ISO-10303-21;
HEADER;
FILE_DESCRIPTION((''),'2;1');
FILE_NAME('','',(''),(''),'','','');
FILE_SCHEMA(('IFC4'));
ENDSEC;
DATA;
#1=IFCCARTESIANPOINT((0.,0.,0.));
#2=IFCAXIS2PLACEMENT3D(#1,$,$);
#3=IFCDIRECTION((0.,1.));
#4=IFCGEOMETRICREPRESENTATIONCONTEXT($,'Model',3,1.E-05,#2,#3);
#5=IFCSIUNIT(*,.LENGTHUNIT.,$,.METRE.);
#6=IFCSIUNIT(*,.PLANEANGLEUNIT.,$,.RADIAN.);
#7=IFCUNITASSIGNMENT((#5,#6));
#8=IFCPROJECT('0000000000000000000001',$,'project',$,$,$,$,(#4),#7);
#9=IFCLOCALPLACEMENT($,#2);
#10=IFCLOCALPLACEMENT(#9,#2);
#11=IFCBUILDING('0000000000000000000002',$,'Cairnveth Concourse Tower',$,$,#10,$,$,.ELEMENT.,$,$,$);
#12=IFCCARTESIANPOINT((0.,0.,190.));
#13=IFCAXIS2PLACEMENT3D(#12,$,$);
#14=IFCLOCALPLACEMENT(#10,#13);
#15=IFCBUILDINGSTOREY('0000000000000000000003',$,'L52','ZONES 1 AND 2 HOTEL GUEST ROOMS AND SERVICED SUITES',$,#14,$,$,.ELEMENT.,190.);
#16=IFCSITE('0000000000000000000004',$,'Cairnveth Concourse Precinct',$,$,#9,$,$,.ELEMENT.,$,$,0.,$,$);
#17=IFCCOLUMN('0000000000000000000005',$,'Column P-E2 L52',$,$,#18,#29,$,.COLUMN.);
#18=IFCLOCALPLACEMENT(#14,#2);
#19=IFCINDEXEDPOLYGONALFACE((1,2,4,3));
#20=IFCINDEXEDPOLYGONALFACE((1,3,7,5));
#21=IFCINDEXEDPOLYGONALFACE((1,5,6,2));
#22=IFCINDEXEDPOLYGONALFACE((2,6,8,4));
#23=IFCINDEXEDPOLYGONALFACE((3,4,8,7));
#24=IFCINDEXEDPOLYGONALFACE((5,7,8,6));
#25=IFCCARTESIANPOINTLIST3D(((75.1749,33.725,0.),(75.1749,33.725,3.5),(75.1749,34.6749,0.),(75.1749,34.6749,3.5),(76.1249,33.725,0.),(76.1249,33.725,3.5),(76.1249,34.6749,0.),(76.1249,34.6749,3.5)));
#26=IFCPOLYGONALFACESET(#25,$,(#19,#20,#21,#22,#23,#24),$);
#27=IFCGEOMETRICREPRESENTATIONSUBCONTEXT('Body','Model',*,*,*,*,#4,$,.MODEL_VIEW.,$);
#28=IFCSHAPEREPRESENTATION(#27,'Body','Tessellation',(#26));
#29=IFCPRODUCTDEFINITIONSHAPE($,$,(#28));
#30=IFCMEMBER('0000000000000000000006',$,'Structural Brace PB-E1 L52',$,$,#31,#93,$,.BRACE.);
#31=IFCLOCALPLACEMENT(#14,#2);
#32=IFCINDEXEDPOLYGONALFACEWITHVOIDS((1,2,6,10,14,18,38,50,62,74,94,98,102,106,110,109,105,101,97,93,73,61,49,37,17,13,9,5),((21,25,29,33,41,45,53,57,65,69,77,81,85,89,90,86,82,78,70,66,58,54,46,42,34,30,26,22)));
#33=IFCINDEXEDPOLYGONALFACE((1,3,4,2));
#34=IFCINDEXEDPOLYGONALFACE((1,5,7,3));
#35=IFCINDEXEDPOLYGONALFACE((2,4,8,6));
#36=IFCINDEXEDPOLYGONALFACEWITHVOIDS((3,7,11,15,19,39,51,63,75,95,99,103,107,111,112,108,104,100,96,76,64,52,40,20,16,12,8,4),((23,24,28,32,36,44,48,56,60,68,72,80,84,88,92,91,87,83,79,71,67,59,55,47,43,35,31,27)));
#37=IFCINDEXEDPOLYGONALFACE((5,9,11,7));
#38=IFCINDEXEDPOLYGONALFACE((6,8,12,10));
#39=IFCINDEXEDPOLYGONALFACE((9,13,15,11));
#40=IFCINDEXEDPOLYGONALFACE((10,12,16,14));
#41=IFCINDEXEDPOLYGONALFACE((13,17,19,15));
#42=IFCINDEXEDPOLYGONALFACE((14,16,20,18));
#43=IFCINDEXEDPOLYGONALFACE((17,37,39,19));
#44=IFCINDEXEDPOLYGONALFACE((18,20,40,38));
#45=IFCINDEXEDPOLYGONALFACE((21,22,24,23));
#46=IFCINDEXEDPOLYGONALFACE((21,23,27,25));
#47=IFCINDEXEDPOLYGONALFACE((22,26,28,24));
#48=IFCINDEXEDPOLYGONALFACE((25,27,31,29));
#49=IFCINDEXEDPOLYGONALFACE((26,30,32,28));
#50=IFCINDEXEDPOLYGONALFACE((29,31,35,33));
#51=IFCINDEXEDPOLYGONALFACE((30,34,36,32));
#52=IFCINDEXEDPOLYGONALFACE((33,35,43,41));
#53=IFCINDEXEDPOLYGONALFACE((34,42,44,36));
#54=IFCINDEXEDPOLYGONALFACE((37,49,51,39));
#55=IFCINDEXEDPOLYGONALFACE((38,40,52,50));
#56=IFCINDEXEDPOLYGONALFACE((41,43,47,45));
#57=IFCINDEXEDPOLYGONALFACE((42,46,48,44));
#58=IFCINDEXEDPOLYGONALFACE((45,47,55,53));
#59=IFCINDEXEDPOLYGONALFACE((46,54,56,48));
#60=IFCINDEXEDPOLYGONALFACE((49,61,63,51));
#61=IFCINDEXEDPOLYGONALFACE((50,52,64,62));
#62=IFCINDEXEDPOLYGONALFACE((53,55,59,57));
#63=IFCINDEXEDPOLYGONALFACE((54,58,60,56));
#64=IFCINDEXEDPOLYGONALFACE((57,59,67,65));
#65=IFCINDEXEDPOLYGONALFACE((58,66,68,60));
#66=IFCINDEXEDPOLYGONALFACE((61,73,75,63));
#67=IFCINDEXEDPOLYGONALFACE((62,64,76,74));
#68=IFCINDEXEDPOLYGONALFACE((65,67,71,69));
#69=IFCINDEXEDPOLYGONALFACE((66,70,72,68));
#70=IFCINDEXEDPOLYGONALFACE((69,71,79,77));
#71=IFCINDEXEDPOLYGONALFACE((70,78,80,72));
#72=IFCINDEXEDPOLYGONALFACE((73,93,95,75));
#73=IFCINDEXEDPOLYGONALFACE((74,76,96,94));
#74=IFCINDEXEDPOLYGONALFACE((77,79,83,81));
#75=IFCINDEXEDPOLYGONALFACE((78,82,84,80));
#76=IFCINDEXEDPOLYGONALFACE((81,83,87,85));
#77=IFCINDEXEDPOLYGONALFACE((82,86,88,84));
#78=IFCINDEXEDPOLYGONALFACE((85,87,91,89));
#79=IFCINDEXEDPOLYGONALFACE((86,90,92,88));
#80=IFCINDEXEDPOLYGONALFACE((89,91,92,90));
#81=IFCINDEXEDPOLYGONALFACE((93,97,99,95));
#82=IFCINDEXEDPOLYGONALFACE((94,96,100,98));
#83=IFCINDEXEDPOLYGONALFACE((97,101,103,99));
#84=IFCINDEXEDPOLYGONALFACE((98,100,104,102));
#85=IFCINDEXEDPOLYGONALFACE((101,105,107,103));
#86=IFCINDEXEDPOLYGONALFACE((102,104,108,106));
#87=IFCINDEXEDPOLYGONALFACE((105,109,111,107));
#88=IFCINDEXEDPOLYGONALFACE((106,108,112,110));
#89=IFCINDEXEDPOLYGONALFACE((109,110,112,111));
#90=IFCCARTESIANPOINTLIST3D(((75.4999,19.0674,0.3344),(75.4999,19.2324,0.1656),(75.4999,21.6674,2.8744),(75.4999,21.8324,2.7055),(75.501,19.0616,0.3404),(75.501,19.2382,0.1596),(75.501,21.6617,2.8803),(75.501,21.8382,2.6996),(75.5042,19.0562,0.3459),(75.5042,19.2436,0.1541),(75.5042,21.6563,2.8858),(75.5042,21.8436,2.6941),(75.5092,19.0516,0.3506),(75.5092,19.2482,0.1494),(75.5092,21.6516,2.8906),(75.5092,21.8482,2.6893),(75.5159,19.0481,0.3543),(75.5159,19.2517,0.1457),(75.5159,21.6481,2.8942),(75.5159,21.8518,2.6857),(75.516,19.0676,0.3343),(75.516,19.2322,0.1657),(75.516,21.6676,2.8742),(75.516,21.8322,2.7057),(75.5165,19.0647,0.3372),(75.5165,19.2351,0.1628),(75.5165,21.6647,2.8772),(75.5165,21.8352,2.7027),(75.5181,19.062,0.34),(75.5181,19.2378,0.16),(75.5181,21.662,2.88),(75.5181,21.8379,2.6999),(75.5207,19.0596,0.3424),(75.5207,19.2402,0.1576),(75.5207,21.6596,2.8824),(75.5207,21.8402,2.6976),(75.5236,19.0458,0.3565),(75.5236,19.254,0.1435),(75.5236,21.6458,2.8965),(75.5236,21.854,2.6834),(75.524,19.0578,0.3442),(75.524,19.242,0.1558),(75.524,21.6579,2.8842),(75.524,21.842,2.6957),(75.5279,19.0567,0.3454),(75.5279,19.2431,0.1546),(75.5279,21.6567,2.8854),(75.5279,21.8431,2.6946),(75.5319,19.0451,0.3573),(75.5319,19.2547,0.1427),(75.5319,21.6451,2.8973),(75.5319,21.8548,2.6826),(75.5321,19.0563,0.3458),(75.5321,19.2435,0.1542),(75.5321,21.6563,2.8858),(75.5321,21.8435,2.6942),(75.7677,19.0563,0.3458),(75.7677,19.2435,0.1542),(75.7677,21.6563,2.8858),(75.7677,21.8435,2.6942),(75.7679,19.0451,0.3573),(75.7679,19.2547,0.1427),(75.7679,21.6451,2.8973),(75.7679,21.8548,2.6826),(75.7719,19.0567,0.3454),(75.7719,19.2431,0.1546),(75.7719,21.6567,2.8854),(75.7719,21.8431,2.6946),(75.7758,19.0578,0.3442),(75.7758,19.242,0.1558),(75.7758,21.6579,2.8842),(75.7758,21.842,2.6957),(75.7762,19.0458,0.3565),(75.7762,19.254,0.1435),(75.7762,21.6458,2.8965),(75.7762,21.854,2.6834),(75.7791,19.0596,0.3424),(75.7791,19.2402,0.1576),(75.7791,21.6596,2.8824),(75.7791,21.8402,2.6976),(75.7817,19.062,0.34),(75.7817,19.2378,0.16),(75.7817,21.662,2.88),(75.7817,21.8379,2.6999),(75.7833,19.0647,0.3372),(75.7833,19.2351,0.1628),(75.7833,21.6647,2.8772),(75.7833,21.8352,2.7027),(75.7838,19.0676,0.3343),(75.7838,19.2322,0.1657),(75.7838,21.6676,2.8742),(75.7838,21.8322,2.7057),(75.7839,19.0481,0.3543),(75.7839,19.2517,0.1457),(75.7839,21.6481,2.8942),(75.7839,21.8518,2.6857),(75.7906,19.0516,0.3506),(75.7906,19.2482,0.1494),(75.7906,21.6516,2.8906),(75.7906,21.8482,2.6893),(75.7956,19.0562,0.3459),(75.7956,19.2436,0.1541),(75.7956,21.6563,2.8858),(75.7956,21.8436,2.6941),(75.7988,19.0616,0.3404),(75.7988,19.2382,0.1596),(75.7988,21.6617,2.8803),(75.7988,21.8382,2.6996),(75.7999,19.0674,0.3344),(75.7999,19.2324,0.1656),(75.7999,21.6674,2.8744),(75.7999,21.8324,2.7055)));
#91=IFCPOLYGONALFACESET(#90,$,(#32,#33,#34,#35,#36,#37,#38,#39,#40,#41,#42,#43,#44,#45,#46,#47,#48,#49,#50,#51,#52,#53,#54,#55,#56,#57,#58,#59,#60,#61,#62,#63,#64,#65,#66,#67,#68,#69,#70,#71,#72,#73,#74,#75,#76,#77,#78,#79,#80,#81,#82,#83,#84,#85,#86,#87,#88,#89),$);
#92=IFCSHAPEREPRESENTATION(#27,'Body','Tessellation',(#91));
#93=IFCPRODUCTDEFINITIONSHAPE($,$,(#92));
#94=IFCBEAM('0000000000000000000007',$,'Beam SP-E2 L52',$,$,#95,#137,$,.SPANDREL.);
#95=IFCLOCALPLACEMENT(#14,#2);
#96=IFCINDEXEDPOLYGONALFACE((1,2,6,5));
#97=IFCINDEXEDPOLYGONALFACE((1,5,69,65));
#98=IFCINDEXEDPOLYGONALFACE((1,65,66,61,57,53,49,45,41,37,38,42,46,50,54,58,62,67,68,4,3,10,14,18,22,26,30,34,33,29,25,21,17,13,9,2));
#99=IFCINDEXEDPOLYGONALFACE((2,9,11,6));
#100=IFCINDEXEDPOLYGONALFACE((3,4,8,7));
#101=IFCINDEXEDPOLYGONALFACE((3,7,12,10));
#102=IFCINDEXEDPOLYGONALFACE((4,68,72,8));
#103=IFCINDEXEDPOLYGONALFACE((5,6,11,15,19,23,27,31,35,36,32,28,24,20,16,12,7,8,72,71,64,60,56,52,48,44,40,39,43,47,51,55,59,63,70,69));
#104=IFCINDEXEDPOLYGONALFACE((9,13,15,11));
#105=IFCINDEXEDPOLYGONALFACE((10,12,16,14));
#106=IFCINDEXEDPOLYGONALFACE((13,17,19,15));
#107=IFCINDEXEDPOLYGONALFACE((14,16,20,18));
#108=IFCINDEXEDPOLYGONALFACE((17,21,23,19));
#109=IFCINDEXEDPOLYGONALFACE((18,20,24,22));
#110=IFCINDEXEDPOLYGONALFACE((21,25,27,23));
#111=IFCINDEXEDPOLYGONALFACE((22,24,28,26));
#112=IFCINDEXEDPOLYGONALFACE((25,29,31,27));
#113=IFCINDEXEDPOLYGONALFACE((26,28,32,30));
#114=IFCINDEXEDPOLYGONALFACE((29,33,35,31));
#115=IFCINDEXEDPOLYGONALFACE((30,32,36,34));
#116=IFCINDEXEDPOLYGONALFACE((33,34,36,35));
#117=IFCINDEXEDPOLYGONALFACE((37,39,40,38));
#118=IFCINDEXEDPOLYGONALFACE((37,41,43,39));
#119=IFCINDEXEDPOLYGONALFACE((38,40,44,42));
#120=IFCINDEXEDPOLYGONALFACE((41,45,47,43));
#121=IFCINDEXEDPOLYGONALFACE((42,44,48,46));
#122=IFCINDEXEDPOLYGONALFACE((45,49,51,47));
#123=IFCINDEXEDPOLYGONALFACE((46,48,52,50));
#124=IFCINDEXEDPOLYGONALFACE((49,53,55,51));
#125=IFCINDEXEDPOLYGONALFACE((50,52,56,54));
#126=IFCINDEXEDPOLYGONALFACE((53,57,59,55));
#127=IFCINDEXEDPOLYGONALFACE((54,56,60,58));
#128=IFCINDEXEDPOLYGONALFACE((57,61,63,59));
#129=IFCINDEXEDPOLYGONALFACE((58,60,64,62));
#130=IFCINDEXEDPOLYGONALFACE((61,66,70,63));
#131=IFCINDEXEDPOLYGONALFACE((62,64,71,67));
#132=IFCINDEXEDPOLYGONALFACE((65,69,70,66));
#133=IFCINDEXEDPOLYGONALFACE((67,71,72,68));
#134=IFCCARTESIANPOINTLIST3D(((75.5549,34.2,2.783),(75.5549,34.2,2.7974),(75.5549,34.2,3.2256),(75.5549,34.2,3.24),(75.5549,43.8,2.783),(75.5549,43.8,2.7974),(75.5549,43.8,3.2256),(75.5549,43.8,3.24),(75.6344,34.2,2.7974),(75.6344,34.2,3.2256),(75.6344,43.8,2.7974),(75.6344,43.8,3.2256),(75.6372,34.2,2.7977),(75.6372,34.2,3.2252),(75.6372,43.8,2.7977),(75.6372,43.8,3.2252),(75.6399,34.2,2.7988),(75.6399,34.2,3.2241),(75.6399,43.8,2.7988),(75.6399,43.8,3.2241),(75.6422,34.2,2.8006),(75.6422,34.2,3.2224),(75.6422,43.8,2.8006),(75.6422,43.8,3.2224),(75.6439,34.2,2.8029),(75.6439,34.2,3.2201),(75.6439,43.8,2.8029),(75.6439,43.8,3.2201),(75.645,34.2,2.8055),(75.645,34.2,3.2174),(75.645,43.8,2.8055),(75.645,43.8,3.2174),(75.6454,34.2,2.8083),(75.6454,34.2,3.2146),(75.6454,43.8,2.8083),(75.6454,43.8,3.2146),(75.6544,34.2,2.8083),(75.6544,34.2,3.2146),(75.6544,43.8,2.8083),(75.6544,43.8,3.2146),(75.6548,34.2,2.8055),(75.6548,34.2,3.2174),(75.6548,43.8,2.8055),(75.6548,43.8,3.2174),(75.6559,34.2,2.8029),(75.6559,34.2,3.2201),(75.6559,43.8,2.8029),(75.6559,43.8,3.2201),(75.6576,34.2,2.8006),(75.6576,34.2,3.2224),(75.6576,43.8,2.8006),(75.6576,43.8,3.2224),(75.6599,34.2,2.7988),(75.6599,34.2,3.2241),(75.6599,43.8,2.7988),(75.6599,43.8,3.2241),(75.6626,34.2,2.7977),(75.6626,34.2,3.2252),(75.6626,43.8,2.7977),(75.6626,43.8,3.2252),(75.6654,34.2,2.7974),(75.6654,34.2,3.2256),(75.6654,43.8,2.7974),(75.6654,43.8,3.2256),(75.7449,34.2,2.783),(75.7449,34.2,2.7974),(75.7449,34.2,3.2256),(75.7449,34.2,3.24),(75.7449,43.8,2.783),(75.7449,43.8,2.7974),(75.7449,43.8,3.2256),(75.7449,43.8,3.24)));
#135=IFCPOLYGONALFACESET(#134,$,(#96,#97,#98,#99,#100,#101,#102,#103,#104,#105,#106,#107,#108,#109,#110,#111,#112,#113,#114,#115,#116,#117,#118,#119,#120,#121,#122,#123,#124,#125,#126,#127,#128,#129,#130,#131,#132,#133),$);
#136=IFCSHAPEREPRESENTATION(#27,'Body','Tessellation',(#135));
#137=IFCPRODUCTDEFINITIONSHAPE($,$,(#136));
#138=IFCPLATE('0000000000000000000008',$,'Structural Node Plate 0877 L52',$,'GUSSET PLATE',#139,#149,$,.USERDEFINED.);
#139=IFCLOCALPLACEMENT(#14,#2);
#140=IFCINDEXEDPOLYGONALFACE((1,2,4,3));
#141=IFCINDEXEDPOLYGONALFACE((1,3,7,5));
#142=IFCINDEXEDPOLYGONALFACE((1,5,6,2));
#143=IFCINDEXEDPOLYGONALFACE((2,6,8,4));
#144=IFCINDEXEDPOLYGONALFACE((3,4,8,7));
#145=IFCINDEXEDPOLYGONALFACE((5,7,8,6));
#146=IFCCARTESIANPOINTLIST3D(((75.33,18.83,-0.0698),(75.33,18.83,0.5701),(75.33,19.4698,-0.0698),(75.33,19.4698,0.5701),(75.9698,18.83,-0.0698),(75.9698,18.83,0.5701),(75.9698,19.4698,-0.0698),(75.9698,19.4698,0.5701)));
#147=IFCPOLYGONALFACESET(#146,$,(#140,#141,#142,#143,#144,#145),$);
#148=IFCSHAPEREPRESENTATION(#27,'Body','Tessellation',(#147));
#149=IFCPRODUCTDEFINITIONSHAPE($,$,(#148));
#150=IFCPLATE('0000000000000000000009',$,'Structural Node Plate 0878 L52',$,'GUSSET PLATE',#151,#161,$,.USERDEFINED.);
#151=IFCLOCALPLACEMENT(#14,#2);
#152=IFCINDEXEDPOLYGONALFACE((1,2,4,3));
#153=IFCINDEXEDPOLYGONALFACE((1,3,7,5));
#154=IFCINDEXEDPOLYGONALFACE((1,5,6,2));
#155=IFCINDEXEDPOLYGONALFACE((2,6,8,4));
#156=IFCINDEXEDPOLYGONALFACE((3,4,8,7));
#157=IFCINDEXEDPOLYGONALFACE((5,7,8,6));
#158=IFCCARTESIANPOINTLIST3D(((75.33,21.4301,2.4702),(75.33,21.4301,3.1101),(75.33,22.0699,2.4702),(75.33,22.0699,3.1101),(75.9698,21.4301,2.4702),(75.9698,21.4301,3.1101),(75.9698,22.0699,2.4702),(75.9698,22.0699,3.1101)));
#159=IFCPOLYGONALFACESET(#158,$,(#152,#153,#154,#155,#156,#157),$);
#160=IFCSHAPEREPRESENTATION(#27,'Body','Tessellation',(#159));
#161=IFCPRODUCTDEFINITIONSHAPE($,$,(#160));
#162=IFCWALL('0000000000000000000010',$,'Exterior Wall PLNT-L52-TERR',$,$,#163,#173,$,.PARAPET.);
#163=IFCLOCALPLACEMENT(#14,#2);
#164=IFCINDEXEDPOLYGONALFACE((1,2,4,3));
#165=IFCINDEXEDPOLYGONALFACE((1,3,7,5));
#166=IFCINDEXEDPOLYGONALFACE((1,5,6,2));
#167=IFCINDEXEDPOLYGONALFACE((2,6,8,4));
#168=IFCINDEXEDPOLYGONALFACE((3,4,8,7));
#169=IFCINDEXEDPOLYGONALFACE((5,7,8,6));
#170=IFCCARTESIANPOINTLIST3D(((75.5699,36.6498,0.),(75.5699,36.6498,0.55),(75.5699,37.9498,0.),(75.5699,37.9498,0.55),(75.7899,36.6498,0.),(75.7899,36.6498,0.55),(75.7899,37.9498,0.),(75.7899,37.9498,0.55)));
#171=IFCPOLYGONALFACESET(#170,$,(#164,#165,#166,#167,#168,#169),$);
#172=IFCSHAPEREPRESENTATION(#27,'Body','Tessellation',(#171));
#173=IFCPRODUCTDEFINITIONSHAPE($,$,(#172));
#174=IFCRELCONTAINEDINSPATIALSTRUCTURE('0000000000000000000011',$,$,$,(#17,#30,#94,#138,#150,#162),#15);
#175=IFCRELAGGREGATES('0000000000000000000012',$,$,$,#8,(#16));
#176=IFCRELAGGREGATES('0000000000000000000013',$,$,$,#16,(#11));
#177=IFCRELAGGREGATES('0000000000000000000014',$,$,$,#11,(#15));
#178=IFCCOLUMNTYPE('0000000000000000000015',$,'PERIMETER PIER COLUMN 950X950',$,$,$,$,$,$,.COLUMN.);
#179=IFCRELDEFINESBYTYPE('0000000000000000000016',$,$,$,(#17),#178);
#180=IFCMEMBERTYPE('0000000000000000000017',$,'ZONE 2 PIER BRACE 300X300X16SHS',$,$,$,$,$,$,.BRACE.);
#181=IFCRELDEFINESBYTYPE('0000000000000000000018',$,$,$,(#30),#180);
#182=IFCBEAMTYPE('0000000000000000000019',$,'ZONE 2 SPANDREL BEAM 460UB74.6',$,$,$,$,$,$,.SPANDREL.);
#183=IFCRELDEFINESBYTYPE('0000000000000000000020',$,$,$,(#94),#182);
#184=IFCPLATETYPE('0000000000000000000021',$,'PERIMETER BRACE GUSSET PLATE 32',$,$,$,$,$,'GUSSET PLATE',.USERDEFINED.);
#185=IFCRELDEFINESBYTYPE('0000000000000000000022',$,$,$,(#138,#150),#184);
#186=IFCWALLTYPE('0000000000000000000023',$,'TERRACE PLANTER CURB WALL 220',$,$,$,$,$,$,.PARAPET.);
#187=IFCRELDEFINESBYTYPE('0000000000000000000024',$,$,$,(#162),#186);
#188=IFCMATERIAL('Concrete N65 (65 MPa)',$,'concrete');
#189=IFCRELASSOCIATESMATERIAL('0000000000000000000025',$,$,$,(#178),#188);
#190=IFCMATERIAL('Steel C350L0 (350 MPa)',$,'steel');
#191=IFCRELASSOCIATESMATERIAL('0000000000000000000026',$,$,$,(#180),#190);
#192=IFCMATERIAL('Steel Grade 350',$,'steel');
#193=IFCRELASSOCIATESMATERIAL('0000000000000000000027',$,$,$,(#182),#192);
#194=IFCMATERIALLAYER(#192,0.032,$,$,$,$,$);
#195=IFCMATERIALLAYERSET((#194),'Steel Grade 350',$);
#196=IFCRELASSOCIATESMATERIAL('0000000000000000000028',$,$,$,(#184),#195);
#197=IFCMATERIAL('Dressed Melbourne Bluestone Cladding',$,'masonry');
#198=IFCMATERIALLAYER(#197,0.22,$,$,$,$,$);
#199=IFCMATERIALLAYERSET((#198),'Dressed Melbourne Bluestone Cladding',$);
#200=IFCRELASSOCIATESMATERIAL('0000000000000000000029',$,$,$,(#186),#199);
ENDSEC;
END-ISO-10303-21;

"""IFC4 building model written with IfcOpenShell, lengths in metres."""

from ifc_helpers import new_model, si_unit, direction, frame, frame_2d, origin, origin_2d, place, context, subcontext, project, spatial, rectangle, hollow_rectangle, i_section, extrude, material, layer, layer_set, material_profile, profile_set, type_object, element, save


model = new_model("IFC4")

# Units and contexts
model_context = context("Model", 3, precision=1e-05, world=origin(), true_north=direction((0.0, 1.0)))
body_context = subcontext(model_context, "Body", "Model", "MODEL_VIEW")
ifc_project = project(units=[si_unit("LENGTHUNIT", "METRE"), si_unit("PLANEANGLEUNIT", "RADIAN")], contexts=[model_context])

# Site, building, storey
site_placement = place(None, origin())
site = spatial("IfcSite", under=ifc_project, at=site_placement, Name="Cairnveth Concourse Precinct", CompositionType="ELEMENT", RefElevation=0.0)
building_placement = place(site_placement, origin())
building = spatial("IfcBuilding", under=site, at=building_placement, Name="Cairnveth Concourse Tower", CompositionType="ELEMENT")
storey_placement = place(building_placement, frame((0.0, 0.0, 190.0)))
storey = spatial("IfcBuildingStorey", under=building, at=storey_placement, Name="L52", Description="ZONES 1 AND 2 HOTEL GUEST ROOMS AND SERVICED SUITES", CompositionType="ELEMENT", Elevation=190.0)

# Column
ifc_material_1 = material(Name="Concrete N65 (65 MPa)", Category="concrete")
ifc_material_profile_1 = material_profile(ifc_material_1, rectangle(XDim=0.95, YDim=0.95, at=origin_2d()), Name="RC-COL-950x950")
ifc_profile_set_1 = profile_set([ifc_material_profile_1], Name="Concrete N65 (65 MPa)")
column_type = type_object("IfcColumnType", Name="PERIMETER PIER COLUMN 950X950", PredefinedType="COLUMN", material=ifc_profile_set_1)
column_placement = place(storey_placement, frame((75.6499, 34.2, 0.0), z_axis=(0.0, 0.0, 1.0), x_axis=(0.0, 1.0, 0.0)))
element("IfcColumn", 1, at=column_placement, inside=storey, type_object=column_type, Name="Column P-E2 L52", PredefinedType="COLUMN", context=body_context, shape_type="SweptSolid", body=[
    extrude(rectangle(XDim=0.95, YDim=0.95, at=origin_2d()), origin(), (0.0, 0.0, 1.0), 3.5),
])

# Member
ifc_material_2 = material(Name="Steel C350L0 (350 MPa)", Category="steel")
ifc_material_profile_2 = material_profile(ifc_material_2, hollow_rectangle(XDim=0.3, YDim=0.3, WallThickness=0.0161, InnerFilletRadius=0.0161, OuterFilletRadius=0.032, at=origin_2d()), Name="300x300x16.0SHS")
ifc_profile_set_2 = profile_set([ifc_material_profile_2], Name="Steel C350L0 (350 MPa)")
member_type = type_object("IfcMemberType", Name="ZONE 2 PIER BRACE 300X300X16SHS", PredefinedType="BRACE", material=ifc_profile_set_2)
member_placement = place(storey_placement, frame((75.6499, 19.1499, 0.25), z_axis=(0.0, 0.71532, 0.698797), x_axis=(-1.0, 0.0, 0.0)))
element("IfcMember", 2, at=member_placement, inside=storey, type_object=member_type, Name="Structural Brace PB-E1 L52", PredefinedType="BRACE", context=body_context, shape_type="SweptSolid", body=[
    extrude(hollow_rectangle(XDim=0.3, YDim=0.3, WallThickness=0.0161, InnerFilletRadius=0.0161, OuterFilletRadius=0.032, at=origin_2d()), origin(), (0.0, 0.0, 1.0), 3.6348),
])

# Beam
ifc_material_3 = material(Name="Steel Grade 350", Category="steel")
ifc_material_profile_3 = material_profile(ifc_material_3, i_section(OverallWidth=0.1899, OverallDepth=0.457, WebThickness=0.009, FlangeThickness=0.0144, FilletRadius=0.011, at=origin_2d()), Name="460UB74.6")
ifc_profile_set_3 = profile_set([ifc_material_profile_3], Name="Steel Grade 350")
beam_type = type_object("IfcBeamType", Name="ZONE 2 SPANDREL BEAM 460UB74.6", PredefinedType="SPANDREL", material=ifc_profile_set_3)
beam_placement = place(storey_placement, frame((75.6499, 34.2, 3.0115), z_axis=(0.0, 1.0, 0.0), x_axis=(-1.0, 0.0, 0.0)))
element("IfcBeam", 3, at=beam_placement, inside=storey, type_object=beam_type, Name="Beam SP-E2 L52", PredefinedType="SPANDREL", context=body_context, shape_type="SweptSolid", body=[
    extrude(i_section(OverallWidth=0.1899, OverallDepth=0.457, WebThickness=0.009, FlangeThickness=0.0144, FilletRadius=0.011, at=origin_2d()), origin(), (0.0, 0.0, 1.0), 9.6001),
])

# Plates
ifc_layer_1 = layer(ifc_material_3, 0.032)
ifc_layer_set_1 = layer_set([ifc_layer_1], Name="Steel Grade 350")
plate_type = type_object("IfcPlateType", Name="PERIMETER BRACE GUSSET PLATE 32", ElementType="GUSSET PLATE", PredefinedType="USERDEFINED", material=ifc_layer_set_1)
for number, where, z_axis, x_axis, name in (
    (4, (75.6499, 19.1499, -0.0698), (0.0, 0.0, 1.0), (1.0, 0.0, 0.0), "Structural Node Plate 0877 L52"),
    (5, (75.6499, 21.75, 2.4702), (0.0, 0.0, 1.0), (1.0, 0.0, 0.0), "Structural Node Plate 0878 L52"),
):
    element("IfcPlate", number, at=place(storey_placement, frame(where, z_axis=z_axis, x_axis=x_axis)), inside=storey, type_object=plate_type, Name=name, ObjectType="GUSSET PLATE", PredefinedType="USERDEFINED", context=body_context, shape_type="SweptSolid", body=[
        extrude(rectangle(XDim=0.6399, YDim=0.6399, at=origin_2d()), origin(), (0.0, 0.0, 1.0), 0.6399),
    ])

# Wall
ifc_material_4 = material(Name="Dressed Melbourne Bluestone Cladding", Category="masonry")
ifc_layer_2 = layer(ifc_material_4, 0.22)
ifc_layer_set_2 = layer_set([ifc_layer_2], Name="Dressed Melbourne Bluestone Cladding")
wall_type_1 = type_object("IfcWallType", Name="TERRACE PLANTER CURB WALL 220", PredefinedType="PARAPET", material=ifc_layer_set_2)
wall_1_placement = place(storey_placement, frame((75.6799, 36.6499, 0.0), z_axis=(0.0, 0.0, 1.0), x_axis=(0.0, 1.0, 0.0)))
element("IfcWall", 6, at=wall_1_placement, inside=storey, type_object=wall_type_1, Name="Exterior Wall PLNT-L52-TERR", PredefinedType="PARAPET", context=body_context, shape_type="SweptSolid", body=[
    extrude(rectangle(XDim=1.3, YDim=0.22, at=frame_2d((0.6499, 0.0))), origin(), (0.0, 0.0, 1.0), 0.55),
])

save(model, "model.ifc")
